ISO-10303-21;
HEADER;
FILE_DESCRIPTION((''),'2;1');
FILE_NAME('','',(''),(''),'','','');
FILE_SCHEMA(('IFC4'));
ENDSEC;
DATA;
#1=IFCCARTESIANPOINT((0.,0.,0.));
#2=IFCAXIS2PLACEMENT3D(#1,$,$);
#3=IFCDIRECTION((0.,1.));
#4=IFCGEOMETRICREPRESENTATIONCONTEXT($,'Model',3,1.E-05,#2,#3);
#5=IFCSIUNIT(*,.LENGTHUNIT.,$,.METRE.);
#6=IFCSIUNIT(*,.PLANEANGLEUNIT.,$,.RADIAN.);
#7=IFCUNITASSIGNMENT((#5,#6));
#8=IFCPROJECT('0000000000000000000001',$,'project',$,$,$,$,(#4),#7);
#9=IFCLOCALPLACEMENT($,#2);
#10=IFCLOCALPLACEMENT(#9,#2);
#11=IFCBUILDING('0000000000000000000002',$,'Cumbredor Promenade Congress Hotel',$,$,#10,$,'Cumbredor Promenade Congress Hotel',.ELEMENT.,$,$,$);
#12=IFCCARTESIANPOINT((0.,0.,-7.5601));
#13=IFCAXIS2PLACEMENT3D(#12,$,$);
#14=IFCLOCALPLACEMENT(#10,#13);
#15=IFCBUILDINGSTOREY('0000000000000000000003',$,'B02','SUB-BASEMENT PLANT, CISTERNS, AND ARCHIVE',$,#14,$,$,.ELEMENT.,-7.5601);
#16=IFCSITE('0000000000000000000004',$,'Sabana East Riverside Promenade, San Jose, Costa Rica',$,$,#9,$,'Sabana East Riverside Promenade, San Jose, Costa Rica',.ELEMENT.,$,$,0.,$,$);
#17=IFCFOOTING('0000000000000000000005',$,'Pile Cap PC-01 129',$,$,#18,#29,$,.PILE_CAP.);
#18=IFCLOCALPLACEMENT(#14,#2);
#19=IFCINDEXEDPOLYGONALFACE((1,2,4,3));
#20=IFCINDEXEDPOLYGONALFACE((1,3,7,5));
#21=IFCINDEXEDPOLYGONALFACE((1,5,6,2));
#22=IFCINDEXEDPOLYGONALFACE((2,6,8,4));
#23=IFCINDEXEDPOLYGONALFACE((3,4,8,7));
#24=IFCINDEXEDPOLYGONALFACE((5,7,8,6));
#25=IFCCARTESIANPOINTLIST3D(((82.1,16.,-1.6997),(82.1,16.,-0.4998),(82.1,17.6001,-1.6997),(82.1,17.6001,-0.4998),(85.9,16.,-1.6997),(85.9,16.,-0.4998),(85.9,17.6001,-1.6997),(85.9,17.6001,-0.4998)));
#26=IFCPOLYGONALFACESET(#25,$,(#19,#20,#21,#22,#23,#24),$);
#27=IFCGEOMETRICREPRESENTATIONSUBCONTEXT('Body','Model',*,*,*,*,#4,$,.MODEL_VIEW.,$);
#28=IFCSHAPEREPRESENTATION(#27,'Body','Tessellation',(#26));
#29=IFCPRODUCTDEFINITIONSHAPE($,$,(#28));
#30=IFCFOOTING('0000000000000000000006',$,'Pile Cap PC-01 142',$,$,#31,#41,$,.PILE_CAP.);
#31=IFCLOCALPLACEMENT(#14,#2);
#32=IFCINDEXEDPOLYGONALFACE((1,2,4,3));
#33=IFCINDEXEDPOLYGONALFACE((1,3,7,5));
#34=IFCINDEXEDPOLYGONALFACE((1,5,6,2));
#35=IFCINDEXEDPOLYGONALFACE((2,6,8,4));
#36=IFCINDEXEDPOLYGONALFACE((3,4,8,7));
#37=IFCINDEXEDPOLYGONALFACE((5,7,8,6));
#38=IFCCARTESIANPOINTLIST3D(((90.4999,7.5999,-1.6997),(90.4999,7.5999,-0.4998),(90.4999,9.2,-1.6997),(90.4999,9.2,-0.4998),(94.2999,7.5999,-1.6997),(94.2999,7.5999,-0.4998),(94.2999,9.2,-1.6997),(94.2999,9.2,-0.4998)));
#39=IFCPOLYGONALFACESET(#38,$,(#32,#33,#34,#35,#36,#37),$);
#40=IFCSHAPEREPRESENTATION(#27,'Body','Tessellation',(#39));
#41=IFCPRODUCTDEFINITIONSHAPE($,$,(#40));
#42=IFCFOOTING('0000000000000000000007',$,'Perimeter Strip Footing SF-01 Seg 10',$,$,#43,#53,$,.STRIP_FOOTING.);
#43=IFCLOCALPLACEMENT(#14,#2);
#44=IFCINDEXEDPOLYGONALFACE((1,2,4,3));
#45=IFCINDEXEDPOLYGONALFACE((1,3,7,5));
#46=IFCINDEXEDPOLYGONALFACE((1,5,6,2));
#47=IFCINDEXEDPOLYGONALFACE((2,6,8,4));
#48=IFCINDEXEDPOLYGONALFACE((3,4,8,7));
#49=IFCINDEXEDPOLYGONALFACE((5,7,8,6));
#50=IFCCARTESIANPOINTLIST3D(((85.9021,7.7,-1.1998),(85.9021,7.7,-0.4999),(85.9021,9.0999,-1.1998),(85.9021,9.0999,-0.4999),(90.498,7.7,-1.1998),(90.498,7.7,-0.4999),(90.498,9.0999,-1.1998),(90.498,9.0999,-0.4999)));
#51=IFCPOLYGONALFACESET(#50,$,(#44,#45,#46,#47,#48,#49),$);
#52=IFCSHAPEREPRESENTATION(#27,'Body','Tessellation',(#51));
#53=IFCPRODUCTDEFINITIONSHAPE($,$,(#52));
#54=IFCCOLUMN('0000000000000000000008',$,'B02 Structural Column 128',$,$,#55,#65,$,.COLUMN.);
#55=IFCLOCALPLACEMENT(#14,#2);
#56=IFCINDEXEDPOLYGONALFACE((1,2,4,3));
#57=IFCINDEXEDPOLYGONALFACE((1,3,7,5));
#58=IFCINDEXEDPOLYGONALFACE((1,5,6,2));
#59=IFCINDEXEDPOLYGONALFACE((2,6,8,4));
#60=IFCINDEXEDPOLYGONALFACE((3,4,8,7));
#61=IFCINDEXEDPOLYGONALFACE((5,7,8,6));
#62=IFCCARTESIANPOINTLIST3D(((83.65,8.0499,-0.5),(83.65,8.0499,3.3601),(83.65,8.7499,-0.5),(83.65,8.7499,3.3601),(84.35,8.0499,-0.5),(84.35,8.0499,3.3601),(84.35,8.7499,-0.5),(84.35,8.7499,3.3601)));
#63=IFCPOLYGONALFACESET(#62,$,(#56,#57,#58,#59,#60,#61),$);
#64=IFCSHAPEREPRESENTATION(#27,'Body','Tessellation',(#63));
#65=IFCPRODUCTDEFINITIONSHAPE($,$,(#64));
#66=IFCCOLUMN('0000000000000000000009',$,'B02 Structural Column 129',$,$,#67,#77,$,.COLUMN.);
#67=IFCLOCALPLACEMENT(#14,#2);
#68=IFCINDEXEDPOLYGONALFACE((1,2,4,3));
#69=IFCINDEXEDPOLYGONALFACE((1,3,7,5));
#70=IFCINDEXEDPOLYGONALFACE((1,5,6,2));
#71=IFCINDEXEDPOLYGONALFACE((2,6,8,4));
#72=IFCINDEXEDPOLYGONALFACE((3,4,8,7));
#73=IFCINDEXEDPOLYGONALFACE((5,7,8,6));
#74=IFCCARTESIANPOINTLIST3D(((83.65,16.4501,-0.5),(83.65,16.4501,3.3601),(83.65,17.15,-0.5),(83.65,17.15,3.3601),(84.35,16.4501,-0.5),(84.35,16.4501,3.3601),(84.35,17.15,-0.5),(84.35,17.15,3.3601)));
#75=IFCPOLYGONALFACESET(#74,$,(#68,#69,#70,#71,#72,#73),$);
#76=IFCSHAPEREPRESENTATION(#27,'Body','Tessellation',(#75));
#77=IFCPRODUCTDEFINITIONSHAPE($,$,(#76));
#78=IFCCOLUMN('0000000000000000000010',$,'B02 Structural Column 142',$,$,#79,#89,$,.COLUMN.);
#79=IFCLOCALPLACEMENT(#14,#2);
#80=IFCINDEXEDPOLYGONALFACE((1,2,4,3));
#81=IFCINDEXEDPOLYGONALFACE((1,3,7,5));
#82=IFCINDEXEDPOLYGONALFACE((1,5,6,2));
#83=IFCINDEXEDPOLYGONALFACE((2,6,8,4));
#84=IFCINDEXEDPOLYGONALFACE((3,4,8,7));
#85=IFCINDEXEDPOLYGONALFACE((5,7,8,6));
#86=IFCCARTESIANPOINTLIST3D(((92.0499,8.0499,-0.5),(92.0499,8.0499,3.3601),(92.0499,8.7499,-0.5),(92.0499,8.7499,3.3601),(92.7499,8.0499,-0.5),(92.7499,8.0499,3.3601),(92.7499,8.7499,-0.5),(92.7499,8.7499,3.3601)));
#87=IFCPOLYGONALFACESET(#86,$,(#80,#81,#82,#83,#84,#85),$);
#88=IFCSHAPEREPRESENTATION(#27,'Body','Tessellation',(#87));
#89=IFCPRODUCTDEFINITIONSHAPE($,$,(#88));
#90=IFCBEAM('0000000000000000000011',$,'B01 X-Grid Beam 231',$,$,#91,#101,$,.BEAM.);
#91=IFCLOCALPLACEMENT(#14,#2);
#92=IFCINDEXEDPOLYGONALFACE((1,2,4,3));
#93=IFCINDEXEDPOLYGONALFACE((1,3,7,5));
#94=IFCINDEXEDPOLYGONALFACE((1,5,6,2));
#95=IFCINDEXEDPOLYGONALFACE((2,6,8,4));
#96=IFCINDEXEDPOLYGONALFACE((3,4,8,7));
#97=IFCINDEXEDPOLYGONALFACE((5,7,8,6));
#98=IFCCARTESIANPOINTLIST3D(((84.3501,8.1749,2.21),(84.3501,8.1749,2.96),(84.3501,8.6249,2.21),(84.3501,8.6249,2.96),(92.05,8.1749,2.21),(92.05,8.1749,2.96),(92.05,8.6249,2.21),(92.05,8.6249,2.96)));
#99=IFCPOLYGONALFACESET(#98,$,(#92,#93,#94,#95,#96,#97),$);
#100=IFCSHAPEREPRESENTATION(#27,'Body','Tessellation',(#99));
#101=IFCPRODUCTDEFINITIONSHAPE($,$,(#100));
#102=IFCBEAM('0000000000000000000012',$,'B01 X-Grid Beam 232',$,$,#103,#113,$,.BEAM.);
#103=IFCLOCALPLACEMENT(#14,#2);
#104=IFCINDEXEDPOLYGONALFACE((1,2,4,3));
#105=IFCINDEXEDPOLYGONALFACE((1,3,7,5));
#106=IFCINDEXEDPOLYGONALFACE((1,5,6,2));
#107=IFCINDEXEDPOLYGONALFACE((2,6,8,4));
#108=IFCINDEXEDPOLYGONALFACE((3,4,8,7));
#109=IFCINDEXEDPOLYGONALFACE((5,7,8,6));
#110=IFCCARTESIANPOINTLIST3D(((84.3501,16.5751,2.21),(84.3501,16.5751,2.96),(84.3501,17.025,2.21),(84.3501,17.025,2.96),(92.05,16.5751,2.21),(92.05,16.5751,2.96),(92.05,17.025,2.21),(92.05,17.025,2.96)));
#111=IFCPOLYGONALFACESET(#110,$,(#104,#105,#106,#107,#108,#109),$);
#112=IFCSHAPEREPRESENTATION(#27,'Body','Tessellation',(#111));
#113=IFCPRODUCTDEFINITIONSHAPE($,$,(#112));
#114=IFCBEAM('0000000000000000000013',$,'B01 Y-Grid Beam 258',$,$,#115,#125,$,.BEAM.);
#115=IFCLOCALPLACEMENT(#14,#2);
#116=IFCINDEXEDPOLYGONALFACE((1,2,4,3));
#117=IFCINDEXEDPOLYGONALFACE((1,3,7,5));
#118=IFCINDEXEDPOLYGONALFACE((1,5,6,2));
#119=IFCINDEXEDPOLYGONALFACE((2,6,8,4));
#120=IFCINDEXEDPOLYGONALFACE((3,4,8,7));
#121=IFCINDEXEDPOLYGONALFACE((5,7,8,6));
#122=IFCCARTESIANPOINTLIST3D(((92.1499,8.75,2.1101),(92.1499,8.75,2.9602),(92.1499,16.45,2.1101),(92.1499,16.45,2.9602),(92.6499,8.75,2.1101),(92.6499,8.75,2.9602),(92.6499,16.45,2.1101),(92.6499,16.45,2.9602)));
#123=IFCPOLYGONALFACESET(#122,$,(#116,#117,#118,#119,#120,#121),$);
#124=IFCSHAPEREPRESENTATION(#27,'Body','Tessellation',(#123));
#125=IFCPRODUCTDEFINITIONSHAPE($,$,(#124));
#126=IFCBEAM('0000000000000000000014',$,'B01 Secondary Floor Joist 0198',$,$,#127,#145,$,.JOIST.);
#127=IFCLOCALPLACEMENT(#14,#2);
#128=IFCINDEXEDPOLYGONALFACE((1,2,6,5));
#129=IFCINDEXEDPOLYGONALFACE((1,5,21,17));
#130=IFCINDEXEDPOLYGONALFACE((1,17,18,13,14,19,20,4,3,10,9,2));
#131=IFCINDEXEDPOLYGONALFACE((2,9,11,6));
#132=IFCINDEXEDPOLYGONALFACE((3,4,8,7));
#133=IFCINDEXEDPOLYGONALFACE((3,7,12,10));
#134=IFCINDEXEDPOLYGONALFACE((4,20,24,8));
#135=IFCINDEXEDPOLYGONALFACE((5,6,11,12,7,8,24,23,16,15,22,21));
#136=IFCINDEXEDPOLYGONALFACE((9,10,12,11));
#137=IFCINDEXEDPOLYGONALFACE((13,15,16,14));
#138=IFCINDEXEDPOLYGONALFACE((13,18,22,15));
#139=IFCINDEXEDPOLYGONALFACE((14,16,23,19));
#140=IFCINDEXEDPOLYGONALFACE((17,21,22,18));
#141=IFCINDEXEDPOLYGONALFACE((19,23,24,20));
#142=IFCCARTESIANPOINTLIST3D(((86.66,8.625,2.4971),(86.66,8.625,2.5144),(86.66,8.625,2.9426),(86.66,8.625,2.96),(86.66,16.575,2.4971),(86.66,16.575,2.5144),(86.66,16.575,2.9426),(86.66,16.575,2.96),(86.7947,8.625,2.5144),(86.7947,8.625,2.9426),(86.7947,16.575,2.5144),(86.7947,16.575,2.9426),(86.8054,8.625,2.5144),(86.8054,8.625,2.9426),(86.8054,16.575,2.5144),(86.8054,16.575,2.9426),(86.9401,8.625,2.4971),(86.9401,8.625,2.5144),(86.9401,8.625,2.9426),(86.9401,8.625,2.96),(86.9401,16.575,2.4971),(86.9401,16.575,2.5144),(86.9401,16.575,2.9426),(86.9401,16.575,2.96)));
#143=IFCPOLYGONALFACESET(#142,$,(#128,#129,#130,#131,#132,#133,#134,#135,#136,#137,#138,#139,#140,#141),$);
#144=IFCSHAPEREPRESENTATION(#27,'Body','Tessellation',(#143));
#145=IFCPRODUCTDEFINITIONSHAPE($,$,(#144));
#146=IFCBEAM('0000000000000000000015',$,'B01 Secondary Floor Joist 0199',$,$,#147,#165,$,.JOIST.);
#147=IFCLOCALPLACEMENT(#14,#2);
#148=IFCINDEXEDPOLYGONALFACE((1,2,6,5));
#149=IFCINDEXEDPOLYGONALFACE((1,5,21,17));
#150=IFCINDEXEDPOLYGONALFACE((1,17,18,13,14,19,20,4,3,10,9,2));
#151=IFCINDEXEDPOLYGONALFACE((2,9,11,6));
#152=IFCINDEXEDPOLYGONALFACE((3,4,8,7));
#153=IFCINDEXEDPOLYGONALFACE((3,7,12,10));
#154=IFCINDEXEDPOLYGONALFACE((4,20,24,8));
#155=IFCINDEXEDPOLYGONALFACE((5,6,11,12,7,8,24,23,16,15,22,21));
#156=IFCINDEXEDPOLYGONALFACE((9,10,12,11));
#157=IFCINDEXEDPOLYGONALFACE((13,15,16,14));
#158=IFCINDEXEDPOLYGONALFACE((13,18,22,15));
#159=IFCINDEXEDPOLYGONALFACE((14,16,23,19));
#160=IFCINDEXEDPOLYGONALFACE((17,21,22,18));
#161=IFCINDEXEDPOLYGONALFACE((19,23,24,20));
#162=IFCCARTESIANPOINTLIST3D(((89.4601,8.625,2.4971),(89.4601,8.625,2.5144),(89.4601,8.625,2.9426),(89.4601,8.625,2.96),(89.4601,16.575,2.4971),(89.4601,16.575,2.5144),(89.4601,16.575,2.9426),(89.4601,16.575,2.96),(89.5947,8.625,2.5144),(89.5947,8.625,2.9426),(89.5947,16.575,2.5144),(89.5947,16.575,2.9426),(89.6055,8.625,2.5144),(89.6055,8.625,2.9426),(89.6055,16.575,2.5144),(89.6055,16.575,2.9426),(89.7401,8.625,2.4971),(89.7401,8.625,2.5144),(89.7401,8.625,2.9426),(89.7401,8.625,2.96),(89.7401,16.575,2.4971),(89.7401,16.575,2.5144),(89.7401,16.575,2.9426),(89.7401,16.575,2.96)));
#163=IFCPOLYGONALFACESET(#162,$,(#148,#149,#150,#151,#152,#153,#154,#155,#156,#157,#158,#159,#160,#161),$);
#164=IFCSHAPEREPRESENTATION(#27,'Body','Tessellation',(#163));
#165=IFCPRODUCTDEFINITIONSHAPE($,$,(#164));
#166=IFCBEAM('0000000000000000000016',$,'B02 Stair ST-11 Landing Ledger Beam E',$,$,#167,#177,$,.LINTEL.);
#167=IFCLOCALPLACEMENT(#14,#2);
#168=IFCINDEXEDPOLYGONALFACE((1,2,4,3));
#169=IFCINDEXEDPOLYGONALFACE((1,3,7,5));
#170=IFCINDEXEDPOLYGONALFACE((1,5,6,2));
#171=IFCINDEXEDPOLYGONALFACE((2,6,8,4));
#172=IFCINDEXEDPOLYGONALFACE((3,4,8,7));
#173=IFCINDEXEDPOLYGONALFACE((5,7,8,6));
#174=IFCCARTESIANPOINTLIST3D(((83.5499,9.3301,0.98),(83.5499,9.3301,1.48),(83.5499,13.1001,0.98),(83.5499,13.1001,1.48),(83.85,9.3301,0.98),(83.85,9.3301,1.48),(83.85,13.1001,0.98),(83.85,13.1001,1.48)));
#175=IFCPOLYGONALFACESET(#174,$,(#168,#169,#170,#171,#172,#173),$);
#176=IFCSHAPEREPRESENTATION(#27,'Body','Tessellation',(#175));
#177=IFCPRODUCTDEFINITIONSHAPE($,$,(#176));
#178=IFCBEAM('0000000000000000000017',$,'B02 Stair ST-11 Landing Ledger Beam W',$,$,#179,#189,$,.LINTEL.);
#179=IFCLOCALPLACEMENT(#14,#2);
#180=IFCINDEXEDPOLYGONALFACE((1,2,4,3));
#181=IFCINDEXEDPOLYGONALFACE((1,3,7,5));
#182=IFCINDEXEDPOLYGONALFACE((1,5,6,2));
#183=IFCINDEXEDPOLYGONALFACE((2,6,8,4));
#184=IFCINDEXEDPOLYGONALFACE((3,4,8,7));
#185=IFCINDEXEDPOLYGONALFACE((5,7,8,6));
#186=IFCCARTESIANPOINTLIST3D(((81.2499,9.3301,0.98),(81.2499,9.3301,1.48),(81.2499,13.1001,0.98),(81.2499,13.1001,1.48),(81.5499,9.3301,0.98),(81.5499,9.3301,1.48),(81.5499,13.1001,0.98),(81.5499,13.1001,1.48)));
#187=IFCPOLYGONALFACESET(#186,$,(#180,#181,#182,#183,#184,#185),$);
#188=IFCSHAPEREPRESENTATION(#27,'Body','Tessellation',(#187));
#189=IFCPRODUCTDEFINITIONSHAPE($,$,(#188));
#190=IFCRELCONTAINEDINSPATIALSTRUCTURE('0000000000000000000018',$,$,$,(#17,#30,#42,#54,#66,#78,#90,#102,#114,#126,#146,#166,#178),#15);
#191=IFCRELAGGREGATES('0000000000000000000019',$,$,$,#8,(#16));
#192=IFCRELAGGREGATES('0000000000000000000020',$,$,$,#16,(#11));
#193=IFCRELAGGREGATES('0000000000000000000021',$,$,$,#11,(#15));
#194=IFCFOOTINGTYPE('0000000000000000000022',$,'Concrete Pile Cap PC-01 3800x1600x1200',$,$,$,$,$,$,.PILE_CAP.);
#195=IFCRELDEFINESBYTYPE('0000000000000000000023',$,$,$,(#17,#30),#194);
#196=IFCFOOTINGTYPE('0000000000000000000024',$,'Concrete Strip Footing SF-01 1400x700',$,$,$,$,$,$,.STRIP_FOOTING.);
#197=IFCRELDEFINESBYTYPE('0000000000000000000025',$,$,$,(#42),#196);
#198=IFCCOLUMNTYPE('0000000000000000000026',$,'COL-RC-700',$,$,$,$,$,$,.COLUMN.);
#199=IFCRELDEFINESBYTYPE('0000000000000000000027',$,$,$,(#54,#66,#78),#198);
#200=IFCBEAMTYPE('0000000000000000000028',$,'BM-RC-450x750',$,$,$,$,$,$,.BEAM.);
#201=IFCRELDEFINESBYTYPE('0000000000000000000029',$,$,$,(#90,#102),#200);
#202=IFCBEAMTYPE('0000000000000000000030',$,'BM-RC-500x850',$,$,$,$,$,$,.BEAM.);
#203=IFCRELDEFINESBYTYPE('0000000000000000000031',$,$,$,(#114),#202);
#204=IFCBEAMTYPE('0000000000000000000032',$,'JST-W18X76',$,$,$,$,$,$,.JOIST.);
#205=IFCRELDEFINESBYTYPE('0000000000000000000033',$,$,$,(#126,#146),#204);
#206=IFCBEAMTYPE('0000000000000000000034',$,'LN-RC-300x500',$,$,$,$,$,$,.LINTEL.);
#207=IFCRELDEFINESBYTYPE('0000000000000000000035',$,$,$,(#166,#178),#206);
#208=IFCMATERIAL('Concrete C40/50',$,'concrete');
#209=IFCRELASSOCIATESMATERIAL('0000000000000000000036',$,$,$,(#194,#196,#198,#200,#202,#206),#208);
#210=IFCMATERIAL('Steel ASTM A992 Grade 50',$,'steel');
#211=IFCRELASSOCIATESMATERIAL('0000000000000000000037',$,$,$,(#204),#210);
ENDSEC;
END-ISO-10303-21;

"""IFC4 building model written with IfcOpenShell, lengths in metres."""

from ifc_helpers import new_model, si_unit, direction, frame, origin, origin_2d, place, context, subcontext, project, spatial, rectangle, i_section, extrude, material, material_profile, profile_set, type_object, element, save


model = new_model("IFC4")

# Units and contexts
model_context = context("Model", 3, precision=1e-05, world=origin(), true_north=direction((0.0, 1.0)))
body_context = subcontext(model_context, "Body", "Model", "MODEL_VIEW")
ifc_project = project(units=[si_unit("LENGTHUNIT", "METRE"), si_unit("PLANEANGLEUNIT", "RADIAN")], contexts=[model_context])

# Site, building, storey
site_placement = place(None, origin())
site = spatial("IfcSite", under=ifc_project, at=site_placement, Name="Sabana East Riverside Promenade, San Jose, Costa Rica", LongName="Sabana East Riverside Promenade, San Jose, Costa Rica", CompositionType="ELEMENT", RefElevation=0.0)
building_placement = place(site_placement, origin())
building = spatial("IfcBuilding", under=site, at=building_placement, Name="Cumbredor Promenade Congress Hotel", LongName="Cumbredor Promenade Congress Hotel", CompositionType="ELEMENT")
storey_placement = place(building_placement, frame((0.0, 0.0, -7.5601)))
storey = spatial("IfcBuildingStorey", under=building, at=storey_placement, Name="B02", Description="SUB-BASEMENT PLANT, CISTERNS, AND ARCHIVE", CompositionType="ELEMENT", Elevation=-7.5601)

# Shared definitions
ifc_material_1 = material(Name="Concrete C40/50", Category="concrete")

# Footings
footing_type_1 = type_object("IfcFootingType", Name="Concrete Pile Cap PC-01 3800x1600x1200", PredefinedType="PILE_CAP", material=ifc_material_1)
for number, where, z_axis, x_axis, name in (
    (1, (84.0, 16.8, -1.6997), (0.0, 0.0, 1.0), (1.0, 0.0, 0.0), "Pile Cap PC-01 129"),
    (2, (92.3999, 8.3999, -1.6997), (0.0, 0.0, 1.0), (1.0, 0.0, 0.0), "Pile Cap PC-01 142"),
):
    element("IfcFooting", number, at=place(storey_placement, frame(where, z_axis=z_axis, x_axis=x_axis)), inside=storey, type_object=footing_type_1, Name=name, PredefinedType="PILE_CAP", context=body_context, shape_type="SweptSolid", body=[
        extrude(rectangle(XDim=3.8, YDim=1.6001, at=origin_2d()), origin(), (0.0, 0.0, 1.0), 1.2),
    ])
ifc_material_profile_1 = material_profile(ifc_material_1, rectangle(XDim=1.3999, YDim=0.7, at=origin_2d()), Name="SF 1400x700")
ifc_profile_set_1 = profile_set([ifc_material_profile_1], Name="Concrete C40/50")
footing_type_2 = type_object("IfcFootingType", Name="Concrete Strip Footing SF-01 1400x700", PredefinedType="STRIP_FOOTING", material=ifc_profile_set_1)
footing_placement = place(storey_placement, frame((85.9021, 8.3999, -0.8499), z_axis=(1.0, 0.0, 0.0), x_axis=(0.0, 1.0, 0.0)))
element("IfcFooting", 3, at=footing_placement, inside=storey, type_object=footing_type_2, Name="Perimeter Strip Footing SF-01 Seg 10", PredefinedType="STRIP_FOOTING", context=body_context, shape_type="SweptSolid", body=[
    extrude(rectangle(XDim=1.3999, YDim=0.7, at=origin_2d()), origin(), (0.0, 0.0, 1.0), 4.5959),
])

# Columns
ifc_material_profile_2 = material_profile(ifc_material_1, rectangle(XDim=0.7, YDim=0.7, at=origin_2d()), Name="RC 700x700")
ifc_profile_set_2 = profile_set([ifc_material_profile_2], Name="Concrete C40/50")
column_type = type_object("IfcColumnType", Name="COL-RC-700", PredefinedType="COLUMN", material=ifc_profile_set_2)
for number, where, z_axis, x_axis, name in (
    (4, (84.0, 8.3999, -0.5), (0.0, 0.0, 1.0), (1.0, 0.0, 0.0), "B02 Structural Column 128"),
    (5, (84.0, 16.8, -0.5), (0.0, 0.0, 1.0), (1.0, 0.0, 0.0), "B02 Structural Column 129"),
    (6, (92.3999, 8.3999, -0.5), (0.0, 0.0, 1.0), (1.0, 0.0, 0.0), "B02 Structural Column 142"),
):
    element("IfcColumn", number, at=place(storey_placement, frame(where, z_axis=z_axis, x_axis=x_axis)), inside=storey, type_object=column_type, Name=name, PredefinedType="COLUMN", context=body_context, shape_type="SweptSolid", body=[
        extrude(rectangle(XDim=0.7, YDim=0.7, at=origin_2d()), origin(), (0.0, 0.0, 1.0), 3.8601),
    ])

# Beams
ifc_material_profile_3 = material_profile(ifc_material_1, rectangle(XDim=0.45, YDim=0.75, at=origin_2d()), Name="RC BEAM 450x750")
ifc_profile_set_3 = profile_set([ifc_material_profile_3], Name="Concrete C40/50")
beam_type_1 = type_object("IfcBeamType", Name="BM-RC-450x750", PredefinedType="BEAM", material=ifc_profile_set_3)
for number, where, z_axis, x_axis, name in (
    (7, (84.3501, 8.3999, 2.585), (1.0, 0.0, 0.0), (0.0, 1.0, 0.0), "B01 X-Grid Beam 231"),
    (8, (84.3501, 16.8, 2.585), (1.0, 0.0, 0.0), (0.0, 1.0, 0.0), "B01 X-Grid Beam 232"),
):
    element("IfcBeam", number, at=place(storey_placement, frame(where, z_axis=z_axis, x_axis=x_axis)), inside=storey, type_object=beam_type_1, Name=name, PredefinedType="BEAM", context=body_context, shape_type="SweptSolid", body=[
        extrude(rectangle(XDim=0.45, YDim=0.75, at=origin_2d()), origin(), (0.0, 0.0, 1.0), 7.7),
    ])
ifc_material_profile_4 = material_profile(ifc_material_1, rectangle(XDim=0.5, YDim=0.8501, at=origin_2d()), Name="RC BEAM 500x850")
ifc_profile_set_4 = profile_set([ifc_material_profile_4], Name="Concrete C40/50")
beam_type_2 = type_object("IfcBeamType", Name="BM-RC-500x850", PredefinedType="BEAM", material=ifc_profile_set_4)
beam_placement = place(storey_placement, frame((92.3999, 8.75, 2.5352), z_axis=(0.0, 1.0, 0.0), x_axis=(-1.0, 0.0, 0.0)))
element("IfcBeam", 9, at=beam_placement, inside=storey, type_object=beam_type_2, Name="B01 Y-Grid Beam 258", PredefinedType="BEAM", context=body_context, shape_type="SweptSolid", body=[
    extrude(rectangle(XDim=0.5, YDim=0.8501, at=origin_2d()), origin(), (0.0, 0.0, 1.0), 7.7),
])
ifc_material_2 = material(Name="Steel ASTM A992 Grade 50", Category="steel")
ifc_material_profile_5 = material_profile(ifc_material_2, i_section(OverallWidth=0.28, OverallDepth=0.4629, WebThickness=0.0107, FlangeThickness=0.0173, at=origin_2d()), Name="W18X76")
ifc_profile_set_5 = profile_set([ifc_material_profile_5], Name="Steel ASTM A992 Grade 50")
beam_type_3 = type_object("IfcBeamType", Name="JST-W18X76", PredefinedType="JOIST", material=ifc_profile_set_5)
for number, where, z_axis, x_axis, name in (
    (10, (86.8, 8.625, 2.7285), (0.0, 1.0, 0.0), (-1.0, 0.0, 0.0), "B01 Secondary Floor Joist 0198"),
    (11, (89.6001, 8.625, 2.7285), (0.0, 1.0, 0.0), (-1.0, 0.0, 0.0), "B01 Secondary Floor Joist 0199"),
):
    element("IfcBeam", number, at=place(storey_placement, frame(where, z_axis=z_axis, x_axis=x_axis)), inside=storey, type_object=beam_type_3, Name=name, PredefinedType="JOIST", context=body_context, shape_type="SweptSolid", body=[
        extrude(i_section(OverallWidth=0.28, OverallDepth=0.4629, WebThickness=0.0107, FlangeThickness=0.0173, at=origin_2d()), origin(), (0.0, 0.0, 1.0), 7.95),
    ])
ifc_material_profile_6 = material_profile(ifc_material_1, rectangle(XDim=0.3, YDim=0.5, at=origin_2d()), Name="RC LINTEL 300x500")
ifc_profile_set_6 = profile_set([ifc_material_profile_6], Name="Concrete C40/50")
beam_type_4 = type_object("IfcBeamType", Name="LN-RC-300x500", PredefinedType="LINTEL", material=ifc_profile_set_6)
for number, where, z_axis, x_axis, name in (
    (12, (83.7, 9.3301, 1.23), (0.0, 1.0, 0.0), (-1.0, 0.0, 0.0), "B02 Stair ST-11 Landing Ledger Beam E"),
    (13, (81.3999, 9.3301, 1.23), (0.0, 1.0, 0.0), (-1.0, 0.0, 0.0), "B02 Stair ST-11 Landing Ledger Beam W"),
):
    element("IfcBeam", number, at=place(storey_placement, frame(where, z_axis=z_axis, x_axis=x_axis)), inside=storey, type_object=beam_type_4, Name=name, PredefinedType="LINTEL", context=body_context, shape_type="SweptSolid", body=[
        extrude(rectangle(XDim=0.3, YDim=0.5, at=origin_2d()), origin(), (0.0, 0.0, 1.0), 3.77),
    ])

save(model, "model.ifc")
